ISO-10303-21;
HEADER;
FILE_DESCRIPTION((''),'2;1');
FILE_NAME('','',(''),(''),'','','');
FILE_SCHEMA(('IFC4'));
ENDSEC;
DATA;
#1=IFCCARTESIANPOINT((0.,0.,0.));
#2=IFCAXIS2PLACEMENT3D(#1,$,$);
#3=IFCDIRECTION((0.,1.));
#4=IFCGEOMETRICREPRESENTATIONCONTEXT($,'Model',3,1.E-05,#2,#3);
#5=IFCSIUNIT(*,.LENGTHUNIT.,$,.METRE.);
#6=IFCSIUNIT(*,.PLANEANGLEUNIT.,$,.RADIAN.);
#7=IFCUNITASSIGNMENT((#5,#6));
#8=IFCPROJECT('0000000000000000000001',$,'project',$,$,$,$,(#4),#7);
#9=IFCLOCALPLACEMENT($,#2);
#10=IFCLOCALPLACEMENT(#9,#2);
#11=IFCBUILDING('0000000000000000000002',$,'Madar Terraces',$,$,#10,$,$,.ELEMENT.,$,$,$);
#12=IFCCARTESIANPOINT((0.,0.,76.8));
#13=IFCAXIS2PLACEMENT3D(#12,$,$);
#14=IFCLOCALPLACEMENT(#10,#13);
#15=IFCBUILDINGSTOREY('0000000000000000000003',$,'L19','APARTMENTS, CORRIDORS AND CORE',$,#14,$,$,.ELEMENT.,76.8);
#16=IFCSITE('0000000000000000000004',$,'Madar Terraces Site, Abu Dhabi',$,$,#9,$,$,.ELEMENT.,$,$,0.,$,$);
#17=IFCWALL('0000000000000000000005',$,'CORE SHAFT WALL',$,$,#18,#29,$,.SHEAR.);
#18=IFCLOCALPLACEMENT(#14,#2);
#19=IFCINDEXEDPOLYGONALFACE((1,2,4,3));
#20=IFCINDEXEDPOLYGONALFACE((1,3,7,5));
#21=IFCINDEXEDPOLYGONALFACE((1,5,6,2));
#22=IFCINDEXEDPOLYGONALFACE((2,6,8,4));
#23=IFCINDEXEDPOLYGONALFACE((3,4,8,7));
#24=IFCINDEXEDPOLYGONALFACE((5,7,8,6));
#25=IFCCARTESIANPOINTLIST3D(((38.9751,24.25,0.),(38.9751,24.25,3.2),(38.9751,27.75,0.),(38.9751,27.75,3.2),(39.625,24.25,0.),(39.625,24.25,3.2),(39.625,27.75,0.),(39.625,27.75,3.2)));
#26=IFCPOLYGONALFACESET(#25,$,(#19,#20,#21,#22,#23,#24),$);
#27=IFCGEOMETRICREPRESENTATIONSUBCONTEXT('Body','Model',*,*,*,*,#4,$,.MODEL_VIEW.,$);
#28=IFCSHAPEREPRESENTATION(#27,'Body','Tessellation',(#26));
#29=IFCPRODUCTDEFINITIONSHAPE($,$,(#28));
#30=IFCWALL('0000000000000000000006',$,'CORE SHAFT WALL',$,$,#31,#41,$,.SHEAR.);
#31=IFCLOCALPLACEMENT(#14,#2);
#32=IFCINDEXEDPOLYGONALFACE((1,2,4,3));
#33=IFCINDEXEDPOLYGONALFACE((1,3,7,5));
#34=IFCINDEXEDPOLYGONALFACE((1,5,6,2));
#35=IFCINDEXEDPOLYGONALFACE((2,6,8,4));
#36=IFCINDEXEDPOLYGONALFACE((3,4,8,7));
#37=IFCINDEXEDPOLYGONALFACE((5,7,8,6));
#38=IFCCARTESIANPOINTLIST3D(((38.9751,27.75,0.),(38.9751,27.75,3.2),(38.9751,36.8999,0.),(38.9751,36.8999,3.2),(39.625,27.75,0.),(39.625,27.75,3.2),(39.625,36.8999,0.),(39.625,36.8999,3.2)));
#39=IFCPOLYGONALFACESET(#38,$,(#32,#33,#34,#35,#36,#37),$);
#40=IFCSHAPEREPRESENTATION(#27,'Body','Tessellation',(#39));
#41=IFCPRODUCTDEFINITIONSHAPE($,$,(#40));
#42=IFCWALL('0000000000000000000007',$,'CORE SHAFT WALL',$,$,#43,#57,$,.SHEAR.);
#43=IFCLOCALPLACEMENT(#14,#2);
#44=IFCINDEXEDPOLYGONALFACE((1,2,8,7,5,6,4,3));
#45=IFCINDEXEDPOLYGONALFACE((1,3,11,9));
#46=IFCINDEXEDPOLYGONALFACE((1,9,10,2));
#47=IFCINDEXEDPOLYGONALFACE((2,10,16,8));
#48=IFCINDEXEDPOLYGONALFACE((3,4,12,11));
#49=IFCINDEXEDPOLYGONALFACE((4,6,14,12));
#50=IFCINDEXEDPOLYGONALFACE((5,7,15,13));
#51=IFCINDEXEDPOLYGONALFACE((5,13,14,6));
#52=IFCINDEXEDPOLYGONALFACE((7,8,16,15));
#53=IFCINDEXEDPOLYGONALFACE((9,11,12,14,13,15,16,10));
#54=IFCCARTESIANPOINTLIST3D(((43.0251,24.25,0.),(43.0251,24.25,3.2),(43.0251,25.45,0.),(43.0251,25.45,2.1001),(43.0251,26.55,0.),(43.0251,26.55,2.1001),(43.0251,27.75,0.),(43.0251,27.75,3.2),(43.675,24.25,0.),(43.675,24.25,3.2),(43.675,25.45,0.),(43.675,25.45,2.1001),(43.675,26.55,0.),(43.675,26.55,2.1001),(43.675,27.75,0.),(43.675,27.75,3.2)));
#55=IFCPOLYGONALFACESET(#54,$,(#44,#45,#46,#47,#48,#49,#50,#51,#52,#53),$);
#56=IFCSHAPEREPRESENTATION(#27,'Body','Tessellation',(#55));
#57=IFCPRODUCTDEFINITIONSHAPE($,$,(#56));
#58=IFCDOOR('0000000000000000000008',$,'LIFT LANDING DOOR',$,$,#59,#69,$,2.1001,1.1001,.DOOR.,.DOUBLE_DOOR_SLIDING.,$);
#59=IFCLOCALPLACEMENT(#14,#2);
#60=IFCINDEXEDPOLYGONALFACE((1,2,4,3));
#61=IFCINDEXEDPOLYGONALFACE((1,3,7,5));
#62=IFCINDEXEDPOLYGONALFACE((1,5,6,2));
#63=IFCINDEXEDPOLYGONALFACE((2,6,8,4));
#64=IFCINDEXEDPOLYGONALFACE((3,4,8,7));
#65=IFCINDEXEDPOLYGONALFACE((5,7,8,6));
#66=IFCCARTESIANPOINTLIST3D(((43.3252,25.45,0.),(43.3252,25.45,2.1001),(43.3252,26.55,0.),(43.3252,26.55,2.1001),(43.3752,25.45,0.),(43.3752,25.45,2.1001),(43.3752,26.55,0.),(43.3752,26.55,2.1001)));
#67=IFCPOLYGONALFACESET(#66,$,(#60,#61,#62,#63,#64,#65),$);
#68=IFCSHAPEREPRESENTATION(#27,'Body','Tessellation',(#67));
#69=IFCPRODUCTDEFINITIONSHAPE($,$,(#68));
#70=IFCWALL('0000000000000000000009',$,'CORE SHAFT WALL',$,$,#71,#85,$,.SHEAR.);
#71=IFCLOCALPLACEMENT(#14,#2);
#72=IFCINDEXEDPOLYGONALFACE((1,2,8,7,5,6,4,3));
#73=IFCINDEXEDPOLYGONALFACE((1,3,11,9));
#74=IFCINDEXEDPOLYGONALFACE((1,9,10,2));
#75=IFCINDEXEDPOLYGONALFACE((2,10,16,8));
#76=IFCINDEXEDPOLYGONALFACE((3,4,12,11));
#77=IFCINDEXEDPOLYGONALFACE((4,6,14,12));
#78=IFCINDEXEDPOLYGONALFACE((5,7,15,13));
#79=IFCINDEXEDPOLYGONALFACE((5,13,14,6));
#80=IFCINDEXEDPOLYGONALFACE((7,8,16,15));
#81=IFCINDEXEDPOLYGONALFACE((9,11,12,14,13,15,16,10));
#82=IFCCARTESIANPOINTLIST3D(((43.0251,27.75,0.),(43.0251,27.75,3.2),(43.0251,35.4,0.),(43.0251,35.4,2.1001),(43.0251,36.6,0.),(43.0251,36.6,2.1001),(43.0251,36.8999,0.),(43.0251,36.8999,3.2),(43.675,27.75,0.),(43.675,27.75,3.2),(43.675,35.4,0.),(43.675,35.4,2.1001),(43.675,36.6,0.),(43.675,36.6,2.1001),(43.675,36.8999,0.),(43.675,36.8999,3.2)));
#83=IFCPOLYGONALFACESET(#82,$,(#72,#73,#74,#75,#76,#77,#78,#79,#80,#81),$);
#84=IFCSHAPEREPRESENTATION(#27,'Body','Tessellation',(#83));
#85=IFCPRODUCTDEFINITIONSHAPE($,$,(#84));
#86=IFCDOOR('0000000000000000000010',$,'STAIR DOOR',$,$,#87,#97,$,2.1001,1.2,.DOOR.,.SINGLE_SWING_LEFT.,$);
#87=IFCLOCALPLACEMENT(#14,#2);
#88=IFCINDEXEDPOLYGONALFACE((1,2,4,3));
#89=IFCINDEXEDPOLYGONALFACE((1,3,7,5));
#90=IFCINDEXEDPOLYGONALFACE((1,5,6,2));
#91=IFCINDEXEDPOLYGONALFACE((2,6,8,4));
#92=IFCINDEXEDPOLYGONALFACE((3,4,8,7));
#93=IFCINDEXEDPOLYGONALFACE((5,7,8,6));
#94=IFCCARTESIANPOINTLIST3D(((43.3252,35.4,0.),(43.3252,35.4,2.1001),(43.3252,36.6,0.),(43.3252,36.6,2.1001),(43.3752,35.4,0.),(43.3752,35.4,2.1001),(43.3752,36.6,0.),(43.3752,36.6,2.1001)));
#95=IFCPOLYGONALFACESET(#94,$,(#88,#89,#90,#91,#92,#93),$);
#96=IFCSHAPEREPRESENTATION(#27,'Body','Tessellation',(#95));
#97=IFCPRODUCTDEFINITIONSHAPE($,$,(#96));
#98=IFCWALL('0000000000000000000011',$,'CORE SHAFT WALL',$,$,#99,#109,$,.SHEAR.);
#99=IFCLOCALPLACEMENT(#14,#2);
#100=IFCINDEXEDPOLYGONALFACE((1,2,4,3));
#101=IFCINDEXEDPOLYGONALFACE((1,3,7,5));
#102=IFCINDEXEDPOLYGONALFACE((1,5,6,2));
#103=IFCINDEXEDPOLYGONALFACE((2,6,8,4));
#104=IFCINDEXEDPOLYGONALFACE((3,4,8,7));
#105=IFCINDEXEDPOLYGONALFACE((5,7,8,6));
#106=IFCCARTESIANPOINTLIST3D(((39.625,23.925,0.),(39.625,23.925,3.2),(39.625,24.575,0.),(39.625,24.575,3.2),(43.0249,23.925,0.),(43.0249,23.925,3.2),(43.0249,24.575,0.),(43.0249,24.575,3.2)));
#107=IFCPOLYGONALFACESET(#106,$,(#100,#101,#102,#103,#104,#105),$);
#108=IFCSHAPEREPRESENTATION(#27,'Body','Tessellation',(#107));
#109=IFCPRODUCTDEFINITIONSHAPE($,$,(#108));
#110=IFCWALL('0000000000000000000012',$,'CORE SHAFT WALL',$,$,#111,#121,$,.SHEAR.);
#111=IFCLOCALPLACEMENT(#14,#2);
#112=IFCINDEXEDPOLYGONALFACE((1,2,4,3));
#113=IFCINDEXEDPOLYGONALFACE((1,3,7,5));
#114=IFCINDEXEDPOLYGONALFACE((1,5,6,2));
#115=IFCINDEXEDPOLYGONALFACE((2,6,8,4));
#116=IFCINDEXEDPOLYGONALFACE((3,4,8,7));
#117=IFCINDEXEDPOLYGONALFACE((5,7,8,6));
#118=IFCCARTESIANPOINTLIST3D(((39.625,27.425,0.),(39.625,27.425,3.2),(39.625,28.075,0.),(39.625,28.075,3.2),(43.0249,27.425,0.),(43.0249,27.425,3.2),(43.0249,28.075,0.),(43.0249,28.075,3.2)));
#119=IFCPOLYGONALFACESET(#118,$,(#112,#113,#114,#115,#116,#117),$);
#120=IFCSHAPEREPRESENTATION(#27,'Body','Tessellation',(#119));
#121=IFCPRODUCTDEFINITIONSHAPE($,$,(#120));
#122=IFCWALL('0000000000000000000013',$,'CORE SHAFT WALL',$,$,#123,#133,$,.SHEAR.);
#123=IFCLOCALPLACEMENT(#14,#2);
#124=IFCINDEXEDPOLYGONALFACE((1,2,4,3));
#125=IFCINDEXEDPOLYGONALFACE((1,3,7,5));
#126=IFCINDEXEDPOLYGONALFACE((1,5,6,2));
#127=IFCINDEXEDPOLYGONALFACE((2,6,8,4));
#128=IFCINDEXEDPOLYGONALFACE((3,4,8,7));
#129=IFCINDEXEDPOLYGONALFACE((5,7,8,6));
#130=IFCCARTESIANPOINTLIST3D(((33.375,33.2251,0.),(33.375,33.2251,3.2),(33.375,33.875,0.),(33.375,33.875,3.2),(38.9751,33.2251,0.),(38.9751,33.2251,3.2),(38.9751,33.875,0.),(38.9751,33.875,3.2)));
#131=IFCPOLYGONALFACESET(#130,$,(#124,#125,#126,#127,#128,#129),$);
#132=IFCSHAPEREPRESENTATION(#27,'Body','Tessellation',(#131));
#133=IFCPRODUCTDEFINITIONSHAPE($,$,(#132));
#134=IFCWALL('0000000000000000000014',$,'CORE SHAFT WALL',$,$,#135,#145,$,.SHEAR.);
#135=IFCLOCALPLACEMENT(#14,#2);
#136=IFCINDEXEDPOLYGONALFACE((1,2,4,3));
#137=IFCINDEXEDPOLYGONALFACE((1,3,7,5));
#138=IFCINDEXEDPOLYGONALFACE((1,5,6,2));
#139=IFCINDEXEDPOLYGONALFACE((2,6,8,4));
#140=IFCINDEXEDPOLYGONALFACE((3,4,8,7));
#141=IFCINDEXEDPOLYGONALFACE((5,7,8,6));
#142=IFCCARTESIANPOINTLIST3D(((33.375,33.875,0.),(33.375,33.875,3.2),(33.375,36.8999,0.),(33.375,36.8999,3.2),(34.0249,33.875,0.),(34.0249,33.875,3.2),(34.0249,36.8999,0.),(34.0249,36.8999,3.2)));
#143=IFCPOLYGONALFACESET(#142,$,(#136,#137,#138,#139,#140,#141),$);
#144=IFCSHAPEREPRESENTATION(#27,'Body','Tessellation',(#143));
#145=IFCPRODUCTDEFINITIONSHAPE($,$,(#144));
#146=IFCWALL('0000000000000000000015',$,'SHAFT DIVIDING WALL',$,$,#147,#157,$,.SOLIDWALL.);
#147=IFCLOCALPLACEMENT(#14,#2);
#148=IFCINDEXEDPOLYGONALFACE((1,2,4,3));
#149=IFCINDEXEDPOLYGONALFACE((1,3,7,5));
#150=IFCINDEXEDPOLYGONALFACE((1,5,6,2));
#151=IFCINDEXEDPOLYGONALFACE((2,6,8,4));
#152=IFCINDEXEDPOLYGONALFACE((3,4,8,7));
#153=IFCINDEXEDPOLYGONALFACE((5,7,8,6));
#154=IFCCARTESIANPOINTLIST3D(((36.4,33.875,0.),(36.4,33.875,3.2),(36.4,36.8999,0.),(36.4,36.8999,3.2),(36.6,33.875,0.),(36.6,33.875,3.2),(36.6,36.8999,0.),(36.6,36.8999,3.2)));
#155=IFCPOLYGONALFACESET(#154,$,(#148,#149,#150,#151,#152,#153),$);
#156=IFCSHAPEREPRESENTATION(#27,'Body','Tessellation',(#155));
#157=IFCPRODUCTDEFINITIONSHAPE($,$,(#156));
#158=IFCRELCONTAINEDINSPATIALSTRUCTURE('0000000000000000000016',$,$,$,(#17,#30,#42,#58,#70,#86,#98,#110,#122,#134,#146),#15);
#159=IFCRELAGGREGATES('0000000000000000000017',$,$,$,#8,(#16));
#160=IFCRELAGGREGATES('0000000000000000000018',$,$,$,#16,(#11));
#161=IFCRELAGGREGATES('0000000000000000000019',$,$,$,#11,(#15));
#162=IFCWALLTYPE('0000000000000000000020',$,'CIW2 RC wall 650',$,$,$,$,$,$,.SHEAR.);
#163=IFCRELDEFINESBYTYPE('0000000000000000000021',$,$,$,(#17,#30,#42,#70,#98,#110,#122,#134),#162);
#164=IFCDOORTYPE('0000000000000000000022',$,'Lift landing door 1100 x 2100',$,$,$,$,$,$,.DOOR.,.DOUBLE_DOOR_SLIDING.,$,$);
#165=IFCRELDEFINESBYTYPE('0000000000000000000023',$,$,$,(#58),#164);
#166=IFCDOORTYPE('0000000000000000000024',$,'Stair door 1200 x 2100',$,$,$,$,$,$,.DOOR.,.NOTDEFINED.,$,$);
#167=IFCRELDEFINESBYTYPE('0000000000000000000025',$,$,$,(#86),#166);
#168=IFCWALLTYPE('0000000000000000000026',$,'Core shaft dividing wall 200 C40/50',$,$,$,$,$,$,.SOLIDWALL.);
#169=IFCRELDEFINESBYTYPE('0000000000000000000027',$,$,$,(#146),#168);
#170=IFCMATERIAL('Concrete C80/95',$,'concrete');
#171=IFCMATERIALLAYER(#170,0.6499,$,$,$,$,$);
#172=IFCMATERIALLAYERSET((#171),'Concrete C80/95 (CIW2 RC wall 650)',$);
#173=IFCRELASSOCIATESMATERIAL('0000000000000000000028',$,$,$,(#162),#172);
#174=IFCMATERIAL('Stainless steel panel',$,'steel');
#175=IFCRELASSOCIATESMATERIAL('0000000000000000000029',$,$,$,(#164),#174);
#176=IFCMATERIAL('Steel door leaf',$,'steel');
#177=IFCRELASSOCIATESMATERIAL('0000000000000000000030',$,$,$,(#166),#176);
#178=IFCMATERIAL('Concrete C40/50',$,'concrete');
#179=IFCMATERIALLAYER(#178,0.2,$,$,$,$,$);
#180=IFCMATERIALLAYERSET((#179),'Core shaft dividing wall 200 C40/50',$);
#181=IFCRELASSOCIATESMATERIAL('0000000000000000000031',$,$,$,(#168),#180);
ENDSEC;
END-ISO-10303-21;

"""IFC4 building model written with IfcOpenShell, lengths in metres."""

from ifc_helpers import new_model, si_unit, direction, frame, frame_2d, origin, place, context, subcontext, project, spatial, rectangle, extrude, material, layer, layer_set, type_object, element, fill, save


model = new_model("IFC4")

# Units and contexts
model_context = context("Model", 3, precision=1e-05, world=origin(), true_north=direction((0.0, 1.0)))
body_context = subcontext(model_context, "Body", "Model", "MODEL_VIEW")
ifc_project = project(units=[si_unit("LENGTHUNIT", "METRE"), si_unit("PLANEANGLEUNIT", "RADIAN")], contexts=[model_context])

# Site, building, storey
site_placement = place(None, origin())
site = spatial("IfcSite", under=ifc_project, at=site_placement, Name="Madar Terraces Site, Abu Dhabi", CompositionType="ELEMENT", RefElevation=0.0)
building_placement = place(site_placement, origin())
building = spatial("IfcBuilding", under=site, at=building_placement, Name="Madar Terraces", CompositionType="ELEMENT")
storey_placement = place(building_placement, frame((0.0, 0.0, 76.8)))
storey = spatial("IfcBuildingStorey", under=building, at=storey_placement, Name="L19", Description="APARTMENTS, CORRIDORS AND CORE", CompositionType="ELEMENT", Elevation=76.8)

# Walls
ifc_material_1 = material(Name="Concrete C80/95", Category="concrete")
ifc_layer_1 = layer(ifc_material_1, 0.6499)
ifc_layer_set_1 = layer_set([ifc_layer_1], Name="Concrete C80/95 (CIW2 RC wall 650)")
wall_type_1 = type_object("IfcWallType", Name="CIW2 RC wall 650", PredefinedType="SHEAR", material=ifc_layer_set_1)
wall_1_placement = place(storey_placement, frame((39.3, 24.25, 0.0), z_axis=(0.0, 0.0, 1.0), x_axis=(0.0, 1.0, 0.0)))
element("IfcWall", 1, at=wall_1_placement, inside=storey, type_object=wall_type_1, Name="CORE SHAFT WALL", PredefinedType="SHEAR", context=body_context, shape_type="SweptSolid", body=[
    extrude(rectangle(XDim=3.5, YDim=0.6499, at=frame_2d((1.75, 0.0))), origin(), (0.0, 0.0, 1.0), 3.2),
])
wall_2_placement = place(storey_placement, frame((39.3, 27.75, 0.0), z_axis=(0.0, 0.0, 1.0), x_axis=(0.0, 1.0, 0.0)))
element("IfcWall", 2, at=wall_2_placement, inside=storey, type_object=wall_type_1, Name="CORE SHAFT WALL", PredefinedType="SHEAR", context=body_context, shape_type="SweptSolid", body=[
    extrude(rectangle(XDim=9.1499, YDim=0.6499, at=frame_2d((4.575, 0.0))), origin(), (0.0, 0.0, 1.0), 3.2),
])

# Walls, openings, doors
wall_3_placement = place(storey_placement, frame((43.3501, 24.25, 0.0), z_axis=(0.0, 0.0, 1.0), x_axis=(0.0, 1.0, 0.0)))
wall_3 = element("IfcWall", 3, at=wall_3_placement, inside=storey, type_object=wall_type_1, Name="CORE SHAFT WALL", PredefinedType="SHEAR", context=body_context, shape_type="SweptSolid", body=[
    extrude(rectangle(XDim=3.5, YDim=0.6499, at=frame_2d((1.75, 0.0))), origin(), (0.0, 0.0, 1.0), 3.2),
])
opening_1_placement = place(wall_3_placement, frame((1.2, 0.0, 0.0)))
opening_1 = element("IfcOpeningElement", 4, at=opening_1_placement, cuts=wall_3, PredefinedType="OPENING", context=body_context, shape_type="SweptSolid", body=[
    extrude(rectangle(XDim=1.1001, YDim=2.1001, at=frame_2d((0.55, 1.05))), frame((0.0, 0.335, 0.0), z_axis=(0.0, -1.0, 0.0), x_axis=(1.0, 0.0, 0.0)), (0.0, 0.0, 1.0), 0.6699),
])
ifc_material_2 = material(Name="Stainless steel panel", Category="steel")
door_type_1 = type_object("IfcDoorType", Name="Lift landing door 1100 x 2100", OperationType="DOUBLE_DOOR_SLIDING", PredefinedType="DOOR", material=ifc_material_2)
door_1_placement = place(opening_1_placement, origin())
door_1 = element("IfcDoor", 5, at=door_1_placement, inside=storey, type_object=door_type_1, Name="LIFT LANDING DOOR", OperationType="DOUBLE_DOOR_SLIDING", OverallHeight=2.1001, OverallWidth=1.1001, PredefinedType="DOOR", context=body_context, shape_type="SweptSolid", body=[
    extrude(rectangle(XDim=1.1001, YDim=2.1001, at=frame_2d((0.55, 1.05))), frame((0.0, 0.0249, 0.0), z_axis=(0.0, -1.0, 0.0), x_axis=(1.0, 0.0, 0.0)), (0.0, 0.0, 1.0), 0.05),
])
fill(opening_1, door_1)
wall_4_placement = place(storey_placement, frame((43.3501, 27.75, 0.0), z_axis=(0.0, 0.0, 1.0), x_axis=(0.0, 1.0, 0.0)))
wall_4 = element("IfcWall", 6, at=wall_4_placement, inside=storey, type_object=wall_type_1, Name="CORE SHAFT WALL", PredefinedType="SHEAR", context=body_context, shape_type="SweptSolid", body=[
    extrude(rectangle(XDim=9.1499, YDim=0.6499, at=frame_2d((4.575, 0.0))), origin(), (0.0, 0.0, 1.0), 3.2),
])
opening_2_placement = place(wall_4_placement, frame((7.6499, 0.0, 0.0)))
opening_2 = element("IfcOpeningElement", 7, at=opening_2_placement, cuts=wall_4, PredefinedType="OPENING", context=body_context, shape_type="SweptSolid", body=[
    extrude(rectangle(XDim=1.2, YDim=2.1001, at=frame_2d((0.6001, 1.05))), frame((0.0, 0.335, 0.0), z_axis=(0.0, -1.0, 0.0), x_axis=(1.0, 0.0, 0.0)), (0.0, 0.0, 1.0), 0.6699),
])
ifc_material_3 = material(Name="Steel door leaf", Category="steel")
door_type_2 = type_object("IfcDoorType", Name="Stair door 1200 x 2100", OperationType="NOTDEFINED", PredefinedType="DOOR", material=ifc_material_3)
door_2_placement = place(opening_2_placement, origin())
door_2 = element("IfcDoor", 8, at=door_2_placement, inside=storey, type_object=door_type_2, Name="STAIR DOOR", OperationType="SINGLE_SWING_LEFT", OverallHeight=2.1001, OverallWidth=1.2, PredefinedType="DOOR", context=body_context, shape_type="SweptSolid", body=[
    extrude(rectangle(XDim=1.2, YDim=2.1001, at=frame_2d((0.6001, 1.05))), frame((0.0, 0.0249, 0.0), z_axis=(0.0, -1.0, 0.0), x_axis=(1.0, 0.0, 0.0)), (0.0, 0.0, 1.0), 0.05),
])
fill(opening_2, door_2)

# Walls
for number, where, z_axis, x_axis, name in (
    (9, (39.625, 24.25, 0.0), (0.0, 0.0, 1.0), (1.0, 0.0, 0.0), "CORE SHAFT WALL"),
    (10, (39.625, 27.75, 0.0), (0.0, 0.0, 1.0), (1.0, 0.0, 0.0), "CORE SHAFT WALL"),
):
    element("IfcWall", number, at=place(storey_placement, frame(where, z_axis=z_axis, x_axis=x_axis)), inside=storey, type_object=wall_type_1, Name=name, PredefinedType="SHEAR", context=body_context, shape_type="SweptSolid", body=[
        extrude(rectangle(XDim=3.3999, YDim=0.6499, at=frame_2d((1.7, 0.0))), origin(), (0.0, 0.0, 1.0), 3.2),
    ])
wall_5_placement = place(storey_placement, frame((33.375, 33.55, 0.0), z_axis=(0.0, 0.0, 1.0), x_axis=(1.0, 0.0, 0.0)))
element("IfcWall", 11, at=wall_5_placement, inside=storey, type_object=wall_type_1, Name="CORE SHAFT WALL", PredefinedType="SHEAR", context=body_context, shape_type="SweptSolid", body=[
    extrude(rectangle(XDim=5.6001, YDim=0.6499, at=frame_2d((2.8, 0.0))), origin(), (0.0, 0.0, 1.0), 3.2),
])
wall_6_placement = place(storey_placement, frame((33.7, 33.875, 0.0), z_axis=(0.0, 0.0, 1.0), x_axis=(0.0, 1.0, 0.0)))
element("IfcWall", 12, at=wall_6_placement, inside=storey, type_object=wall_type_1, Name="CORE SHAFT WALL", PredefinedType="SHEAR", context=body_context, shape_type="SweptSolid", body=[
    extrude(rectangle(XDim=3.0249, YDim=0.6499, at=frame_2d((1.5125, 0.0))), origin(), (0.0, 0.0, 1.0), 3.2),
])
ifc_material_4 = material(Name="Concrete C40/50", Category="concrete")
ifc_layer_2 = layer(ifc_material_4, 0.2)
ifc_layer_set_2 = layer_set([ifc_layer_2], Name="Core shaft dividing wall 200 C40/50")
wall_type_2 = type_object("IfcWallType", Name="Core shaft dividing wall 200 C40/50", PredefinedType="SOLIDWALL", material=ifc_layer_set_2)
wall_7_placement = place(storey_placement, frame((36.5, 33.875, 0.0), z_axis=(0.0, 0.0, 1.0), x_axis=(0.0, 1.0, 0.0)))
element("IfcWall", 13, at=wall_7_placement, inside=storey, type_object=wall_type_2, Name="SHAFT DIVIDING WALL", PredefinedType="SOLIDWALL", context=body_context, shape_type="SweptSolid", body=[
    extrude(rectangle(XDim=3.0249, YDim=0.2, at=frame_2d((1.5125, 0.0))), origin(), (0.0, 0.0, 1.0), 3.2),
])

save(model, "model.ifc")
